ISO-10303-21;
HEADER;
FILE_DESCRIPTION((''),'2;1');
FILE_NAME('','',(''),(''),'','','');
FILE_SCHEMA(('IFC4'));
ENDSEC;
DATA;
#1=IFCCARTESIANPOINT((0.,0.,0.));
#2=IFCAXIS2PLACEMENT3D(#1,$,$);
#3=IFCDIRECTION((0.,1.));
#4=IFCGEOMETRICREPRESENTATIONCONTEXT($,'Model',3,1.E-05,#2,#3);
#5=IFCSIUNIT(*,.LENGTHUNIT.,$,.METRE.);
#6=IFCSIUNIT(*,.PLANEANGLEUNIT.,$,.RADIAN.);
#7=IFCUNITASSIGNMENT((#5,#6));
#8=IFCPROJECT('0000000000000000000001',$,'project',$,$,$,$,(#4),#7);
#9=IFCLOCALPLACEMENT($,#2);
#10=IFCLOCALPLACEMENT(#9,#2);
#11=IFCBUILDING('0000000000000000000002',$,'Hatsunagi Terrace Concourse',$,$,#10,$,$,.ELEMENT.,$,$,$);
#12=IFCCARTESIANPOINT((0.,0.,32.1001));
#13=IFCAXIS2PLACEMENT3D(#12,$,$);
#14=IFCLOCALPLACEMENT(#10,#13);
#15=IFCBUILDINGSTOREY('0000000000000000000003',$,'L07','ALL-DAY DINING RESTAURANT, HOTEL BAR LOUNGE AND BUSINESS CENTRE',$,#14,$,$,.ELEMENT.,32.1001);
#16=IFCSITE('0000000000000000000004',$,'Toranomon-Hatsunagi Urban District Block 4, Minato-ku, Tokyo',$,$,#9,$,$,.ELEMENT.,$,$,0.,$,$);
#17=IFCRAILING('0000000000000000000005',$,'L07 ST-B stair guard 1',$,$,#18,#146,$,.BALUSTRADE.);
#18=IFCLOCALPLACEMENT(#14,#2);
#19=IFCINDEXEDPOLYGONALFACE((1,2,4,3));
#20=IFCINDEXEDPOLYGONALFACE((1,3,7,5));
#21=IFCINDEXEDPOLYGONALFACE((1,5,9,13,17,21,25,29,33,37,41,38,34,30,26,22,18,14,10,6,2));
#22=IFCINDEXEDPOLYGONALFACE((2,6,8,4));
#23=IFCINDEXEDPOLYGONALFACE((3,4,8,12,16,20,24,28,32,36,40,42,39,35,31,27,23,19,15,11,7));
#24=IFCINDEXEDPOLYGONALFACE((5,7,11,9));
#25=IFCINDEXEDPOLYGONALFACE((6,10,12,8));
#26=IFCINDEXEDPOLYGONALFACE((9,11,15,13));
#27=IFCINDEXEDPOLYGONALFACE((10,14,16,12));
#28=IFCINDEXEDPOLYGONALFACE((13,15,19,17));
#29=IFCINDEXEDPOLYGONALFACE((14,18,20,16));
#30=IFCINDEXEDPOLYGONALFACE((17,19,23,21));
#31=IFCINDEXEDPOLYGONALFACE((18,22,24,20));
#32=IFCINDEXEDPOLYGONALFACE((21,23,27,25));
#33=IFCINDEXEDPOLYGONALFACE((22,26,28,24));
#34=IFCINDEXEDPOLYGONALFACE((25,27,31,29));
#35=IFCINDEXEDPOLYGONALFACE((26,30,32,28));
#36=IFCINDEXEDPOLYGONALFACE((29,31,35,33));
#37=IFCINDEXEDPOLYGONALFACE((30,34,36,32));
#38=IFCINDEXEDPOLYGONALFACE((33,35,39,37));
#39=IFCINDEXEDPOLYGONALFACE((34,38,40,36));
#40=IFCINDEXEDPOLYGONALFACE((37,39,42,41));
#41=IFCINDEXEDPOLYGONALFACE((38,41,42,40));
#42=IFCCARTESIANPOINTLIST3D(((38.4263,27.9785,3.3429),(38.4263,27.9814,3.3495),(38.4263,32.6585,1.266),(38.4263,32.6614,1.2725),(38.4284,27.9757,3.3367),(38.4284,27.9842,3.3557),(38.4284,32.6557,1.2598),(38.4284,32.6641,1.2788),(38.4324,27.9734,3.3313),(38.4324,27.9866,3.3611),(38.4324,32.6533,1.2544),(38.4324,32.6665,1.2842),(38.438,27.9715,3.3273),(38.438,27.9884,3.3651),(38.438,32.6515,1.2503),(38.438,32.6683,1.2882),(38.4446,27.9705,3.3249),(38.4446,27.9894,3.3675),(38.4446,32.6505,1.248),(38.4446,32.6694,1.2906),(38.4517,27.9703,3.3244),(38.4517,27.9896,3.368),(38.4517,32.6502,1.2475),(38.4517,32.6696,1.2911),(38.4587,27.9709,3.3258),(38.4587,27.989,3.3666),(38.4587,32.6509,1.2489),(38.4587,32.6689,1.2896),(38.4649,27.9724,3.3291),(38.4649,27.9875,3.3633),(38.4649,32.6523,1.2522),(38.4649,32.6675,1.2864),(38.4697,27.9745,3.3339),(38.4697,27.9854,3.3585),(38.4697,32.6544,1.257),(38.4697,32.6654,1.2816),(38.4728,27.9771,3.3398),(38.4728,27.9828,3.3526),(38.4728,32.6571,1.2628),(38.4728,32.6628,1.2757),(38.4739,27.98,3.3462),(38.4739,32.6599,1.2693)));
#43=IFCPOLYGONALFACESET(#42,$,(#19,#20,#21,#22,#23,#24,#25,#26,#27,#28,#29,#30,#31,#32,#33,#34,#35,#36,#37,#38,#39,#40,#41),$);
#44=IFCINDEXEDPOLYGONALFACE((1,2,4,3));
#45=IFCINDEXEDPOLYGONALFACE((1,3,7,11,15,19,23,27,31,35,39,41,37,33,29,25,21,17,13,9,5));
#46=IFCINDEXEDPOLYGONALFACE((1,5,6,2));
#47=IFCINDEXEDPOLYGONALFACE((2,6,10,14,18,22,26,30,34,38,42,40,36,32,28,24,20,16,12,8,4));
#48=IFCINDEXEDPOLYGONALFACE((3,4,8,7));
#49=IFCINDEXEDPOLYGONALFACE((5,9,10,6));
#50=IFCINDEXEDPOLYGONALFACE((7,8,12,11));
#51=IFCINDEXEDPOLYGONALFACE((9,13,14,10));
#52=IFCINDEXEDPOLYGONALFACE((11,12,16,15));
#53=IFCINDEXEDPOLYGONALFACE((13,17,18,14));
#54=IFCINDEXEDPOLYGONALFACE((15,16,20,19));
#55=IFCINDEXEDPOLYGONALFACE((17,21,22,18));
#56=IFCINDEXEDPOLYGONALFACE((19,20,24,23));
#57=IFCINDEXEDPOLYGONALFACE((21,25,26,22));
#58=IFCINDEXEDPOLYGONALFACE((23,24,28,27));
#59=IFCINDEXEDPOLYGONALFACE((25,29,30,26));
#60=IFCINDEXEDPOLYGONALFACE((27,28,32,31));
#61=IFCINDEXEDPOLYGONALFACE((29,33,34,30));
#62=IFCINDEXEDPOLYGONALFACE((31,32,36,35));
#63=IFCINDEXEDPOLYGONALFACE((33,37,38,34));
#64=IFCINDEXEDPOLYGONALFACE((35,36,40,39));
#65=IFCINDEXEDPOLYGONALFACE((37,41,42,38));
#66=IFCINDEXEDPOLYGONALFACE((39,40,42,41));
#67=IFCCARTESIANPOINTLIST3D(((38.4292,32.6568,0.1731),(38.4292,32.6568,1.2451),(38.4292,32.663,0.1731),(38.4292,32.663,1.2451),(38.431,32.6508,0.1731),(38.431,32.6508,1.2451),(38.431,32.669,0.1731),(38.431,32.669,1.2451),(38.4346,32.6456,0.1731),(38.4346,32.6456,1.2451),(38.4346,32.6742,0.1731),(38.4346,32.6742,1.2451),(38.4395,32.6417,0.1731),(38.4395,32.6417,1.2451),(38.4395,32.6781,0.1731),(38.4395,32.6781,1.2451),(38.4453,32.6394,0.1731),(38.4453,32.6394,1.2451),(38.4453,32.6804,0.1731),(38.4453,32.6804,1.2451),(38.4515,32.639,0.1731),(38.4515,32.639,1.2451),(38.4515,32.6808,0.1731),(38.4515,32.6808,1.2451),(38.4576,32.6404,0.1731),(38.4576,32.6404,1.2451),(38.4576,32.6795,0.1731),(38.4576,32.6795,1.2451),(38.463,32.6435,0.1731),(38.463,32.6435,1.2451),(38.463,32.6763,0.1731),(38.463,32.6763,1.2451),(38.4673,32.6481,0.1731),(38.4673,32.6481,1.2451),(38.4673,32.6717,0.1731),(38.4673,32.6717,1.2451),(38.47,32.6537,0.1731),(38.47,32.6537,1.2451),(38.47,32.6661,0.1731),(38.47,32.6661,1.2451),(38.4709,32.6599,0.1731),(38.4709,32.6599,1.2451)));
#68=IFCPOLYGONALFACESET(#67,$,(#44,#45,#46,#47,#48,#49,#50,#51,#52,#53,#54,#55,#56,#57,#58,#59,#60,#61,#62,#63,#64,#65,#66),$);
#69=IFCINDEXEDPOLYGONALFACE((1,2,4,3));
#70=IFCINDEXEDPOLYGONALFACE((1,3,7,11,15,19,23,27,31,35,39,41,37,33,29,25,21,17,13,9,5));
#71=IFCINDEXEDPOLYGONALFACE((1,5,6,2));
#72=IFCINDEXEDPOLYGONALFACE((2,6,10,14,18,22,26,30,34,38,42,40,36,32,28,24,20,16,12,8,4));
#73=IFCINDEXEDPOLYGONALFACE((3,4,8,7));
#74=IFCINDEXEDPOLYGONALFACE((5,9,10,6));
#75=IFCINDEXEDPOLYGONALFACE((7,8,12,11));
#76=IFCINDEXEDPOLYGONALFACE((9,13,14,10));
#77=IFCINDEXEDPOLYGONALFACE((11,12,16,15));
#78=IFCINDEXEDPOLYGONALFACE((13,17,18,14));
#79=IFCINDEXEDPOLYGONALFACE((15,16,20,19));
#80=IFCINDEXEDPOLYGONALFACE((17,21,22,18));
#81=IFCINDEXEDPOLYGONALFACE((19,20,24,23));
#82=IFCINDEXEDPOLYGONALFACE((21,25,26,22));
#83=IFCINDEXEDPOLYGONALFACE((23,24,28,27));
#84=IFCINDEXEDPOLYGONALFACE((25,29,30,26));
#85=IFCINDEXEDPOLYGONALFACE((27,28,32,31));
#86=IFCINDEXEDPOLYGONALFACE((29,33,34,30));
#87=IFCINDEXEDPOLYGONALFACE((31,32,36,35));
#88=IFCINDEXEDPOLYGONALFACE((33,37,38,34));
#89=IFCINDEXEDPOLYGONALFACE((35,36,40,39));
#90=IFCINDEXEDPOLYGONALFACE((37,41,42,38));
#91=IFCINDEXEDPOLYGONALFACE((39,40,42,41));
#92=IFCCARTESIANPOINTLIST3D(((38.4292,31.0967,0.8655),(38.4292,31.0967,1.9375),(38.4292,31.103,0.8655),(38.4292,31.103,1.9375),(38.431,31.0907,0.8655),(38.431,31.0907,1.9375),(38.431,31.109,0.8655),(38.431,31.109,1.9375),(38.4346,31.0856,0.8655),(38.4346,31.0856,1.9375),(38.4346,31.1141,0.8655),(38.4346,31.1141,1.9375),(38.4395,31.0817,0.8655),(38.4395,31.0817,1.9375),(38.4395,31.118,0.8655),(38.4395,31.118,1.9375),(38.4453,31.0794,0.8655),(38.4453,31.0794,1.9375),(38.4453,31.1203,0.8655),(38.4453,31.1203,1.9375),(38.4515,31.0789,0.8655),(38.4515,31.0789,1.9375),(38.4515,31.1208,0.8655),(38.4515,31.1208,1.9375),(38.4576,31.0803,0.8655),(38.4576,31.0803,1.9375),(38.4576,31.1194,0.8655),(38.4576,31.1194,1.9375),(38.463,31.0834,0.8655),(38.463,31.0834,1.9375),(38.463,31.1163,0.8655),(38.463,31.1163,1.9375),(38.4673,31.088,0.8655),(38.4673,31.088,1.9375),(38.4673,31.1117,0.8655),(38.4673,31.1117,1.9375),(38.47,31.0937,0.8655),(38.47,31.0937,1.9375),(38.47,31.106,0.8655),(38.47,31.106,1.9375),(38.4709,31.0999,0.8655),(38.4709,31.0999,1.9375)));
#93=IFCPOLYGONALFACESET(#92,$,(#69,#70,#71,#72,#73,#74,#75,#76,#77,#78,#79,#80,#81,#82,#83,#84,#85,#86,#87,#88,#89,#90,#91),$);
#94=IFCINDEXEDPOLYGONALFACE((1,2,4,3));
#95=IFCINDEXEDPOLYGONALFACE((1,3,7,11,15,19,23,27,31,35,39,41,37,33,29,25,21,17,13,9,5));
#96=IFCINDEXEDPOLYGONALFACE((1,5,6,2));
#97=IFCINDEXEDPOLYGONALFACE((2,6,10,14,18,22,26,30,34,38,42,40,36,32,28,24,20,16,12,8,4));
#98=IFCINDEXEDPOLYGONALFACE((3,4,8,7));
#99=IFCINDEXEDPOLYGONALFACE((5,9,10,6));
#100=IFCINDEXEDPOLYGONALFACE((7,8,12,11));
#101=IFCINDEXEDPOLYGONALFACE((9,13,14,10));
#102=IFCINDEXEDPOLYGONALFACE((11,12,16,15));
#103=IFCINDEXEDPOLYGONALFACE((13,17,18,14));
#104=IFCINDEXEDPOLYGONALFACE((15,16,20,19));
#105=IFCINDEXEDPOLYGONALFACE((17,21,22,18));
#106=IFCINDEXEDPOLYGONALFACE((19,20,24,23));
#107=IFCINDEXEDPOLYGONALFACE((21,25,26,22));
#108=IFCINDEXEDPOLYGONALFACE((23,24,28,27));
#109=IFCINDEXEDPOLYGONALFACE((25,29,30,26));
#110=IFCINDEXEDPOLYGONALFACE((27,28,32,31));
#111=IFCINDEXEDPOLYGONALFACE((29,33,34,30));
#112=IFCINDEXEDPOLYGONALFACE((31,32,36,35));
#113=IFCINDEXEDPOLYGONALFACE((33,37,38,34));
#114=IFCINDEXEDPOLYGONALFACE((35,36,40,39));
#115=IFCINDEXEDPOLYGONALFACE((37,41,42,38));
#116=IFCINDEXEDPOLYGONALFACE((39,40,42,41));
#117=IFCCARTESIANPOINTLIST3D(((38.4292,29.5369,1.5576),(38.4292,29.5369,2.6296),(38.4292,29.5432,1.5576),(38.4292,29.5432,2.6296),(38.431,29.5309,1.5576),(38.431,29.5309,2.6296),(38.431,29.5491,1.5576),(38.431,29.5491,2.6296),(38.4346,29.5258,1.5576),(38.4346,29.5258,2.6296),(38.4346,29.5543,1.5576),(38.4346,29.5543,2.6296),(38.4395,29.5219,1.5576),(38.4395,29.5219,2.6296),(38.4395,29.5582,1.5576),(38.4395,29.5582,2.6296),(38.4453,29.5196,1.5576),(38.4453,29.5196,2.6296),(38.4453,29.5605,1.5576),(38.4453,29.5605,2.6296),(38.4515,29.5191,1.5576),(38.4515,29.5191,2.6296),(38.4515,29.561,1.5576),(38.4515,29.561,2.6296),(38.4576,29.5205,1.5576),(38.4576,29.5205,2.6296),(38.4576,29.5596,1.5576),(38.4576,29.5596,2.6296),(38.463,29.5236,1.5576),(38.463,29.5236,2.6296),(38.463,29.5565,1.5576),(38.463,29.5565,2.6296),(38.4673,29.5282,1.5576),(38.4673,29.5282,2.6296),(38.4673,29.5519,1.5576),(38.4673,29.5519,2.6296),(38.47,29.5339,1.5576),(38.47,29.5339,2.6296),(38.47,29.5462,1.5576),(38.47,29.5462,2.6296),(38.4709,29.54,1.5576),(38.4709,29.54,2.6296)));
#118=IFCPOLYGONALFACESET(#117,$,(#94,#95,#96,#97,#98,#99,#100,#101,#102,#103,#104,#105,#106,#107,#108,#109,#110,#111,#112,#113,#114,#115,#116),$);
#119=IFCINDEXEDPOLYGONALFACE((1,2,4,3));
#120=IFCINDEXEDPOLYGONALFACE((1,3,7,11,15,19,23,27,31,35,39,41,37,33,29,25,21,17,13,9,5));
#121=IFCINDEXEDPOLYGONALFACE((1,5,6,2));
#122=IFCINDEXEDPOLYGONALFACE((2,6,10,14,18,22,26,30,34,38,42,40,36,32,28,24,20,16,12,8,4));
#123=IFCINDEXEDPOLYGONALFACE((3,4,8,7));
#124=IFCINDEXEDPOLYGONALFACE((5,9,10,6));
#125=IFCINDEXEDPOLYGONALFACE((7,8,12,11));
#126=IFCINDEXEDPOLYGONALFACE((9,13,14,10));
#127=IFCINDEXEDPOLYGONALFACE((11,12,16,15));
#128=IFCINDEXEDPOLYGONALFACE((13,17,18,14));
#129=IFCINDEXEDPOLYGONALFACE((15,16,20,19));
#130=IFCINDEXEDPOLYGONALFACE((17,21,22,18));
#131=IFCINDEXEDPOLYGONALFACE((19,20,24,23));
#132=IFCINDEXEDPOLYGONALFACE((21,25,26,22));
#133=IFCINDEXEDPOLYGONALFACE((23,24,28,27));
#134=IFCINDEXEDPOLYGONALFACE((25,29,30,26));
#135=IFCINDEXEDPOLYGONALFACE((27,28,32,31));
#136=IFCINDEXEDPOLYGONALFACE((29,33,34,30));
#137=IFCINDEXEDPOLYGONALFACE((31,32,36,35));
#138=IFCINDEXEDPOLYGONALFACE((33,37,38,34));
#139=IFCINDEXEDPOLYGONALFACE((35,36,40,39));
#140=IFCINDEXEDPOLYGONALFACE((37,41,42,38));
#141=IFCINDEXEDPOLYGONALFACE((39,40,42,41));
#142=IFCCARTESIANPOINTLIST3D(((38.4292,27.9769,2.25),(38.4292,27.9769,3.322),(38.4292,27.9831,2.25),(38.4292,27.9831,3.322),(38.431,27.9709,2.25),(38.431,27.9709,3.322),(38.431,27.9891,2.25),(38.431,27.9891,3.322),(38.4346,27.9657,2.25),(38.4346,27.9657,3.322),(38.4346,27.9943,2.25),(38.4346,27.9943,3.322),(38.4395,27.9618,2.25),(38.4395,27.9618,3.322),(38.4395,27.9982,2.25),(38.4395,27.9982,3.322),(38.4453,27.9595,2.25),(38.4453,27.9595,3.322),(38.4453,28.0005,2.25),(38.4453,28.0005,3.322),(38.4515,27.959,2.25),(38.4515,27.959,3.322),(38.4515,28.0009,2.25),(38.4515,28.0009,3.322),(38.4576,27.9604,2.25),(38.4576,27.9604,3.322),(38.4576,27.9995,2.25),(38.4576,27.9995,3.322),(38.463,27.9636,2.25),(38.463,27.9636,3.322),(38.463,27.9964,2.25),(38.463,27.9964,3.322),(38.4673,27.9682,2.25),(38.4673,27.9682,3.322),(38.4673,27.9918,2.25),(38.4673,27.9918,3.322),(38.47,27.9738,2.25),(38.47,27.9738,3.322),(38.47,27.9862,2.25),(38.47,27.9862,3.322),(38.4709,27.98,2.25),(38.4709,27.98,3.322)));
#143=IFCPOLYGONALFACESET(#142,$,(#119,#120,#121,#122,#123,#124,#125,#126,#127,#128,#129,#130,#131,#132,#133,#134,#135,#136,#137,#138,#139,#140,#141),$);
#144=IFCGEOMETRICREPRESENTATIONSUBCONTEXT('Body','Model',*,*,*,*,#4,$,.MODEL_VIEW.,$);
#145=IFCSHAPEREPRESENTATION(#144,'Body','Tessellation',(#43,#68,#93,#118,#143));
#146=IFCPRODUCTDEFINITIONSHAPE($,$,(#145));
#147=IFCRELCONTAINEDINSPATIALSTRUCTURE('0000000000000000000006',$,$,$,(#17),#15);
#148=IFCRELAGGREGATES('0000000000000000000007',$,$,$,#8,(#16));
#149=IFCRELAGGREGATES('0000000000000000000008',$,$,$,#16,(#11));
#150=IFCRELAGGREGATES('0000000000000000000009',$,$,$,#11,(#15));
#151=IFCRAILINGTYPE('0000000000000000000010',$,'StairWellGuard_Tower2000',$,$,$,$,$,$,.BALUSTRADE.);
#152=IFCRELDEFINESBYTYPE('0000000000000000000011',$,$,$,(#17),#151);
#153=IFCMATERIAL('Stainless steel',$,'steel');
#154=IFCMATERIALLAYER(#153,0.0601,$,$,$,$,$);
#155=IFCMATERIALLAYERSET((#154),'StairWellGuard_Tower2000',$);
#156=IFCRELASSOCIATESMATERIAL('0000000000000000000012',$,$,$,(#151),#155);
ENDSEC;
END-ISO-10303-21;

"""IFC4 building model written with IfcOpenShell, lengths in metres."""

from ifc_helpers import new_model, si_unit, direction, frame, origin, origin_2d, place, context, subcontext, project, spatial, circle, extrude, material, layer, layer_set, type_object, element, save


model = new_model("IFC4")

# Units and contexts
model_context = context("Model", 3, precision=1e-05, world=origin(), true_north=direction((0.0, 1.0)))
body_context = subcontext(model_context, "Body", "Model", "MODEL_VIEW")
ifc_project = project(units=[si_unit("LENGTHUNIT", "METRE"), si_unit("PLANEANGLEUNIT", "RADIAN")], contexts=[model_context])

# Site, building, storey
site_placement = place(None, origin())
site = spatial("IfcSite", under=ifc_project, at=site_placement, Name="Toranomon-Hatsunagi Urban District Block 4, Minato-ku, Tokyo", CompositionType="ELEMENT", RefElevation=0.0)
building_placement = place(site_placement, origin())
building = spatial("IfcBuilding", under=site, at=building_placement, Name="Hatsunagi Terrace Concourse", CompositionType="ELEMENT")
storey_placement = place(building_placement, frame((0.0, 0.0, 32.1001)))
storey = spatial("IfcBuildingStorey", under=building, at=storey_placement, Name="L07", Description="ALL-DAY DINING RESTAURANT, HOTEL BAR LOUNGE AND BUSINESS CENTRE", CompositionType="ELEMENT", Elevation=32.1001)

# Railing
ifc_material_1 = material(Name="Stainless steel", Category="steel")
ifc_layer_1 = layer(ifc_material_1, 0.0601)
ifc_layer_set_1 = layer_set([ifc_layer_1], Name="StairWellGuard_Tower2000")
railing_type_1 = type_object("IfcRailingType", Name="StairWellGuard_Tower2000", PredefinedType="BALUSTRADE", material=ifc_layer_set_1)
railing_1_placement = place(storey_placement, frame((38.45, 32.6599, 0.1731)))
element("IfcRailing", 1, at=railing_1_placement, inside=storey, type_object=railing_type_1, Name="L07 ST-B stair guard 1", PredefinedType="BALUSTRADE", context=body_context, shape_type="SweptSolid", body=[
    extrude(circle(Radius=0.0239, at=origin_2d()), frame((0.0, 0.0, 1.0962), z_axis=(0.0, -0.914034, 0.405638), x_axis=(1.0, 0.0, 0.0)), (0.0, 0.0, 1.0), 5.1201),
    extrude(circle(Radius=0.021, at=origin_2d()), origin(), (0.0, 0.0, 1.0), 1.072),
    extrude(circle(Radius=0.021, at=origin_2d()), frame((0.0, -1.5601, 0.6924)), (0.0, 0.0, 1.0), 1.072),
    extrude(circle(Radius=0.021, at=origin_2d()), frame((0.0, -3.1199, 1.3845)), (0.0, 0.0, 1.0), 1.072),
    extrude(circle(Radius=0.021, at=origin_2d()), frame((0.0, -4.6799, 2.0769)), (0.0, 0.0, 1.0), 1.072),
])

save(model, "model.ifc")
